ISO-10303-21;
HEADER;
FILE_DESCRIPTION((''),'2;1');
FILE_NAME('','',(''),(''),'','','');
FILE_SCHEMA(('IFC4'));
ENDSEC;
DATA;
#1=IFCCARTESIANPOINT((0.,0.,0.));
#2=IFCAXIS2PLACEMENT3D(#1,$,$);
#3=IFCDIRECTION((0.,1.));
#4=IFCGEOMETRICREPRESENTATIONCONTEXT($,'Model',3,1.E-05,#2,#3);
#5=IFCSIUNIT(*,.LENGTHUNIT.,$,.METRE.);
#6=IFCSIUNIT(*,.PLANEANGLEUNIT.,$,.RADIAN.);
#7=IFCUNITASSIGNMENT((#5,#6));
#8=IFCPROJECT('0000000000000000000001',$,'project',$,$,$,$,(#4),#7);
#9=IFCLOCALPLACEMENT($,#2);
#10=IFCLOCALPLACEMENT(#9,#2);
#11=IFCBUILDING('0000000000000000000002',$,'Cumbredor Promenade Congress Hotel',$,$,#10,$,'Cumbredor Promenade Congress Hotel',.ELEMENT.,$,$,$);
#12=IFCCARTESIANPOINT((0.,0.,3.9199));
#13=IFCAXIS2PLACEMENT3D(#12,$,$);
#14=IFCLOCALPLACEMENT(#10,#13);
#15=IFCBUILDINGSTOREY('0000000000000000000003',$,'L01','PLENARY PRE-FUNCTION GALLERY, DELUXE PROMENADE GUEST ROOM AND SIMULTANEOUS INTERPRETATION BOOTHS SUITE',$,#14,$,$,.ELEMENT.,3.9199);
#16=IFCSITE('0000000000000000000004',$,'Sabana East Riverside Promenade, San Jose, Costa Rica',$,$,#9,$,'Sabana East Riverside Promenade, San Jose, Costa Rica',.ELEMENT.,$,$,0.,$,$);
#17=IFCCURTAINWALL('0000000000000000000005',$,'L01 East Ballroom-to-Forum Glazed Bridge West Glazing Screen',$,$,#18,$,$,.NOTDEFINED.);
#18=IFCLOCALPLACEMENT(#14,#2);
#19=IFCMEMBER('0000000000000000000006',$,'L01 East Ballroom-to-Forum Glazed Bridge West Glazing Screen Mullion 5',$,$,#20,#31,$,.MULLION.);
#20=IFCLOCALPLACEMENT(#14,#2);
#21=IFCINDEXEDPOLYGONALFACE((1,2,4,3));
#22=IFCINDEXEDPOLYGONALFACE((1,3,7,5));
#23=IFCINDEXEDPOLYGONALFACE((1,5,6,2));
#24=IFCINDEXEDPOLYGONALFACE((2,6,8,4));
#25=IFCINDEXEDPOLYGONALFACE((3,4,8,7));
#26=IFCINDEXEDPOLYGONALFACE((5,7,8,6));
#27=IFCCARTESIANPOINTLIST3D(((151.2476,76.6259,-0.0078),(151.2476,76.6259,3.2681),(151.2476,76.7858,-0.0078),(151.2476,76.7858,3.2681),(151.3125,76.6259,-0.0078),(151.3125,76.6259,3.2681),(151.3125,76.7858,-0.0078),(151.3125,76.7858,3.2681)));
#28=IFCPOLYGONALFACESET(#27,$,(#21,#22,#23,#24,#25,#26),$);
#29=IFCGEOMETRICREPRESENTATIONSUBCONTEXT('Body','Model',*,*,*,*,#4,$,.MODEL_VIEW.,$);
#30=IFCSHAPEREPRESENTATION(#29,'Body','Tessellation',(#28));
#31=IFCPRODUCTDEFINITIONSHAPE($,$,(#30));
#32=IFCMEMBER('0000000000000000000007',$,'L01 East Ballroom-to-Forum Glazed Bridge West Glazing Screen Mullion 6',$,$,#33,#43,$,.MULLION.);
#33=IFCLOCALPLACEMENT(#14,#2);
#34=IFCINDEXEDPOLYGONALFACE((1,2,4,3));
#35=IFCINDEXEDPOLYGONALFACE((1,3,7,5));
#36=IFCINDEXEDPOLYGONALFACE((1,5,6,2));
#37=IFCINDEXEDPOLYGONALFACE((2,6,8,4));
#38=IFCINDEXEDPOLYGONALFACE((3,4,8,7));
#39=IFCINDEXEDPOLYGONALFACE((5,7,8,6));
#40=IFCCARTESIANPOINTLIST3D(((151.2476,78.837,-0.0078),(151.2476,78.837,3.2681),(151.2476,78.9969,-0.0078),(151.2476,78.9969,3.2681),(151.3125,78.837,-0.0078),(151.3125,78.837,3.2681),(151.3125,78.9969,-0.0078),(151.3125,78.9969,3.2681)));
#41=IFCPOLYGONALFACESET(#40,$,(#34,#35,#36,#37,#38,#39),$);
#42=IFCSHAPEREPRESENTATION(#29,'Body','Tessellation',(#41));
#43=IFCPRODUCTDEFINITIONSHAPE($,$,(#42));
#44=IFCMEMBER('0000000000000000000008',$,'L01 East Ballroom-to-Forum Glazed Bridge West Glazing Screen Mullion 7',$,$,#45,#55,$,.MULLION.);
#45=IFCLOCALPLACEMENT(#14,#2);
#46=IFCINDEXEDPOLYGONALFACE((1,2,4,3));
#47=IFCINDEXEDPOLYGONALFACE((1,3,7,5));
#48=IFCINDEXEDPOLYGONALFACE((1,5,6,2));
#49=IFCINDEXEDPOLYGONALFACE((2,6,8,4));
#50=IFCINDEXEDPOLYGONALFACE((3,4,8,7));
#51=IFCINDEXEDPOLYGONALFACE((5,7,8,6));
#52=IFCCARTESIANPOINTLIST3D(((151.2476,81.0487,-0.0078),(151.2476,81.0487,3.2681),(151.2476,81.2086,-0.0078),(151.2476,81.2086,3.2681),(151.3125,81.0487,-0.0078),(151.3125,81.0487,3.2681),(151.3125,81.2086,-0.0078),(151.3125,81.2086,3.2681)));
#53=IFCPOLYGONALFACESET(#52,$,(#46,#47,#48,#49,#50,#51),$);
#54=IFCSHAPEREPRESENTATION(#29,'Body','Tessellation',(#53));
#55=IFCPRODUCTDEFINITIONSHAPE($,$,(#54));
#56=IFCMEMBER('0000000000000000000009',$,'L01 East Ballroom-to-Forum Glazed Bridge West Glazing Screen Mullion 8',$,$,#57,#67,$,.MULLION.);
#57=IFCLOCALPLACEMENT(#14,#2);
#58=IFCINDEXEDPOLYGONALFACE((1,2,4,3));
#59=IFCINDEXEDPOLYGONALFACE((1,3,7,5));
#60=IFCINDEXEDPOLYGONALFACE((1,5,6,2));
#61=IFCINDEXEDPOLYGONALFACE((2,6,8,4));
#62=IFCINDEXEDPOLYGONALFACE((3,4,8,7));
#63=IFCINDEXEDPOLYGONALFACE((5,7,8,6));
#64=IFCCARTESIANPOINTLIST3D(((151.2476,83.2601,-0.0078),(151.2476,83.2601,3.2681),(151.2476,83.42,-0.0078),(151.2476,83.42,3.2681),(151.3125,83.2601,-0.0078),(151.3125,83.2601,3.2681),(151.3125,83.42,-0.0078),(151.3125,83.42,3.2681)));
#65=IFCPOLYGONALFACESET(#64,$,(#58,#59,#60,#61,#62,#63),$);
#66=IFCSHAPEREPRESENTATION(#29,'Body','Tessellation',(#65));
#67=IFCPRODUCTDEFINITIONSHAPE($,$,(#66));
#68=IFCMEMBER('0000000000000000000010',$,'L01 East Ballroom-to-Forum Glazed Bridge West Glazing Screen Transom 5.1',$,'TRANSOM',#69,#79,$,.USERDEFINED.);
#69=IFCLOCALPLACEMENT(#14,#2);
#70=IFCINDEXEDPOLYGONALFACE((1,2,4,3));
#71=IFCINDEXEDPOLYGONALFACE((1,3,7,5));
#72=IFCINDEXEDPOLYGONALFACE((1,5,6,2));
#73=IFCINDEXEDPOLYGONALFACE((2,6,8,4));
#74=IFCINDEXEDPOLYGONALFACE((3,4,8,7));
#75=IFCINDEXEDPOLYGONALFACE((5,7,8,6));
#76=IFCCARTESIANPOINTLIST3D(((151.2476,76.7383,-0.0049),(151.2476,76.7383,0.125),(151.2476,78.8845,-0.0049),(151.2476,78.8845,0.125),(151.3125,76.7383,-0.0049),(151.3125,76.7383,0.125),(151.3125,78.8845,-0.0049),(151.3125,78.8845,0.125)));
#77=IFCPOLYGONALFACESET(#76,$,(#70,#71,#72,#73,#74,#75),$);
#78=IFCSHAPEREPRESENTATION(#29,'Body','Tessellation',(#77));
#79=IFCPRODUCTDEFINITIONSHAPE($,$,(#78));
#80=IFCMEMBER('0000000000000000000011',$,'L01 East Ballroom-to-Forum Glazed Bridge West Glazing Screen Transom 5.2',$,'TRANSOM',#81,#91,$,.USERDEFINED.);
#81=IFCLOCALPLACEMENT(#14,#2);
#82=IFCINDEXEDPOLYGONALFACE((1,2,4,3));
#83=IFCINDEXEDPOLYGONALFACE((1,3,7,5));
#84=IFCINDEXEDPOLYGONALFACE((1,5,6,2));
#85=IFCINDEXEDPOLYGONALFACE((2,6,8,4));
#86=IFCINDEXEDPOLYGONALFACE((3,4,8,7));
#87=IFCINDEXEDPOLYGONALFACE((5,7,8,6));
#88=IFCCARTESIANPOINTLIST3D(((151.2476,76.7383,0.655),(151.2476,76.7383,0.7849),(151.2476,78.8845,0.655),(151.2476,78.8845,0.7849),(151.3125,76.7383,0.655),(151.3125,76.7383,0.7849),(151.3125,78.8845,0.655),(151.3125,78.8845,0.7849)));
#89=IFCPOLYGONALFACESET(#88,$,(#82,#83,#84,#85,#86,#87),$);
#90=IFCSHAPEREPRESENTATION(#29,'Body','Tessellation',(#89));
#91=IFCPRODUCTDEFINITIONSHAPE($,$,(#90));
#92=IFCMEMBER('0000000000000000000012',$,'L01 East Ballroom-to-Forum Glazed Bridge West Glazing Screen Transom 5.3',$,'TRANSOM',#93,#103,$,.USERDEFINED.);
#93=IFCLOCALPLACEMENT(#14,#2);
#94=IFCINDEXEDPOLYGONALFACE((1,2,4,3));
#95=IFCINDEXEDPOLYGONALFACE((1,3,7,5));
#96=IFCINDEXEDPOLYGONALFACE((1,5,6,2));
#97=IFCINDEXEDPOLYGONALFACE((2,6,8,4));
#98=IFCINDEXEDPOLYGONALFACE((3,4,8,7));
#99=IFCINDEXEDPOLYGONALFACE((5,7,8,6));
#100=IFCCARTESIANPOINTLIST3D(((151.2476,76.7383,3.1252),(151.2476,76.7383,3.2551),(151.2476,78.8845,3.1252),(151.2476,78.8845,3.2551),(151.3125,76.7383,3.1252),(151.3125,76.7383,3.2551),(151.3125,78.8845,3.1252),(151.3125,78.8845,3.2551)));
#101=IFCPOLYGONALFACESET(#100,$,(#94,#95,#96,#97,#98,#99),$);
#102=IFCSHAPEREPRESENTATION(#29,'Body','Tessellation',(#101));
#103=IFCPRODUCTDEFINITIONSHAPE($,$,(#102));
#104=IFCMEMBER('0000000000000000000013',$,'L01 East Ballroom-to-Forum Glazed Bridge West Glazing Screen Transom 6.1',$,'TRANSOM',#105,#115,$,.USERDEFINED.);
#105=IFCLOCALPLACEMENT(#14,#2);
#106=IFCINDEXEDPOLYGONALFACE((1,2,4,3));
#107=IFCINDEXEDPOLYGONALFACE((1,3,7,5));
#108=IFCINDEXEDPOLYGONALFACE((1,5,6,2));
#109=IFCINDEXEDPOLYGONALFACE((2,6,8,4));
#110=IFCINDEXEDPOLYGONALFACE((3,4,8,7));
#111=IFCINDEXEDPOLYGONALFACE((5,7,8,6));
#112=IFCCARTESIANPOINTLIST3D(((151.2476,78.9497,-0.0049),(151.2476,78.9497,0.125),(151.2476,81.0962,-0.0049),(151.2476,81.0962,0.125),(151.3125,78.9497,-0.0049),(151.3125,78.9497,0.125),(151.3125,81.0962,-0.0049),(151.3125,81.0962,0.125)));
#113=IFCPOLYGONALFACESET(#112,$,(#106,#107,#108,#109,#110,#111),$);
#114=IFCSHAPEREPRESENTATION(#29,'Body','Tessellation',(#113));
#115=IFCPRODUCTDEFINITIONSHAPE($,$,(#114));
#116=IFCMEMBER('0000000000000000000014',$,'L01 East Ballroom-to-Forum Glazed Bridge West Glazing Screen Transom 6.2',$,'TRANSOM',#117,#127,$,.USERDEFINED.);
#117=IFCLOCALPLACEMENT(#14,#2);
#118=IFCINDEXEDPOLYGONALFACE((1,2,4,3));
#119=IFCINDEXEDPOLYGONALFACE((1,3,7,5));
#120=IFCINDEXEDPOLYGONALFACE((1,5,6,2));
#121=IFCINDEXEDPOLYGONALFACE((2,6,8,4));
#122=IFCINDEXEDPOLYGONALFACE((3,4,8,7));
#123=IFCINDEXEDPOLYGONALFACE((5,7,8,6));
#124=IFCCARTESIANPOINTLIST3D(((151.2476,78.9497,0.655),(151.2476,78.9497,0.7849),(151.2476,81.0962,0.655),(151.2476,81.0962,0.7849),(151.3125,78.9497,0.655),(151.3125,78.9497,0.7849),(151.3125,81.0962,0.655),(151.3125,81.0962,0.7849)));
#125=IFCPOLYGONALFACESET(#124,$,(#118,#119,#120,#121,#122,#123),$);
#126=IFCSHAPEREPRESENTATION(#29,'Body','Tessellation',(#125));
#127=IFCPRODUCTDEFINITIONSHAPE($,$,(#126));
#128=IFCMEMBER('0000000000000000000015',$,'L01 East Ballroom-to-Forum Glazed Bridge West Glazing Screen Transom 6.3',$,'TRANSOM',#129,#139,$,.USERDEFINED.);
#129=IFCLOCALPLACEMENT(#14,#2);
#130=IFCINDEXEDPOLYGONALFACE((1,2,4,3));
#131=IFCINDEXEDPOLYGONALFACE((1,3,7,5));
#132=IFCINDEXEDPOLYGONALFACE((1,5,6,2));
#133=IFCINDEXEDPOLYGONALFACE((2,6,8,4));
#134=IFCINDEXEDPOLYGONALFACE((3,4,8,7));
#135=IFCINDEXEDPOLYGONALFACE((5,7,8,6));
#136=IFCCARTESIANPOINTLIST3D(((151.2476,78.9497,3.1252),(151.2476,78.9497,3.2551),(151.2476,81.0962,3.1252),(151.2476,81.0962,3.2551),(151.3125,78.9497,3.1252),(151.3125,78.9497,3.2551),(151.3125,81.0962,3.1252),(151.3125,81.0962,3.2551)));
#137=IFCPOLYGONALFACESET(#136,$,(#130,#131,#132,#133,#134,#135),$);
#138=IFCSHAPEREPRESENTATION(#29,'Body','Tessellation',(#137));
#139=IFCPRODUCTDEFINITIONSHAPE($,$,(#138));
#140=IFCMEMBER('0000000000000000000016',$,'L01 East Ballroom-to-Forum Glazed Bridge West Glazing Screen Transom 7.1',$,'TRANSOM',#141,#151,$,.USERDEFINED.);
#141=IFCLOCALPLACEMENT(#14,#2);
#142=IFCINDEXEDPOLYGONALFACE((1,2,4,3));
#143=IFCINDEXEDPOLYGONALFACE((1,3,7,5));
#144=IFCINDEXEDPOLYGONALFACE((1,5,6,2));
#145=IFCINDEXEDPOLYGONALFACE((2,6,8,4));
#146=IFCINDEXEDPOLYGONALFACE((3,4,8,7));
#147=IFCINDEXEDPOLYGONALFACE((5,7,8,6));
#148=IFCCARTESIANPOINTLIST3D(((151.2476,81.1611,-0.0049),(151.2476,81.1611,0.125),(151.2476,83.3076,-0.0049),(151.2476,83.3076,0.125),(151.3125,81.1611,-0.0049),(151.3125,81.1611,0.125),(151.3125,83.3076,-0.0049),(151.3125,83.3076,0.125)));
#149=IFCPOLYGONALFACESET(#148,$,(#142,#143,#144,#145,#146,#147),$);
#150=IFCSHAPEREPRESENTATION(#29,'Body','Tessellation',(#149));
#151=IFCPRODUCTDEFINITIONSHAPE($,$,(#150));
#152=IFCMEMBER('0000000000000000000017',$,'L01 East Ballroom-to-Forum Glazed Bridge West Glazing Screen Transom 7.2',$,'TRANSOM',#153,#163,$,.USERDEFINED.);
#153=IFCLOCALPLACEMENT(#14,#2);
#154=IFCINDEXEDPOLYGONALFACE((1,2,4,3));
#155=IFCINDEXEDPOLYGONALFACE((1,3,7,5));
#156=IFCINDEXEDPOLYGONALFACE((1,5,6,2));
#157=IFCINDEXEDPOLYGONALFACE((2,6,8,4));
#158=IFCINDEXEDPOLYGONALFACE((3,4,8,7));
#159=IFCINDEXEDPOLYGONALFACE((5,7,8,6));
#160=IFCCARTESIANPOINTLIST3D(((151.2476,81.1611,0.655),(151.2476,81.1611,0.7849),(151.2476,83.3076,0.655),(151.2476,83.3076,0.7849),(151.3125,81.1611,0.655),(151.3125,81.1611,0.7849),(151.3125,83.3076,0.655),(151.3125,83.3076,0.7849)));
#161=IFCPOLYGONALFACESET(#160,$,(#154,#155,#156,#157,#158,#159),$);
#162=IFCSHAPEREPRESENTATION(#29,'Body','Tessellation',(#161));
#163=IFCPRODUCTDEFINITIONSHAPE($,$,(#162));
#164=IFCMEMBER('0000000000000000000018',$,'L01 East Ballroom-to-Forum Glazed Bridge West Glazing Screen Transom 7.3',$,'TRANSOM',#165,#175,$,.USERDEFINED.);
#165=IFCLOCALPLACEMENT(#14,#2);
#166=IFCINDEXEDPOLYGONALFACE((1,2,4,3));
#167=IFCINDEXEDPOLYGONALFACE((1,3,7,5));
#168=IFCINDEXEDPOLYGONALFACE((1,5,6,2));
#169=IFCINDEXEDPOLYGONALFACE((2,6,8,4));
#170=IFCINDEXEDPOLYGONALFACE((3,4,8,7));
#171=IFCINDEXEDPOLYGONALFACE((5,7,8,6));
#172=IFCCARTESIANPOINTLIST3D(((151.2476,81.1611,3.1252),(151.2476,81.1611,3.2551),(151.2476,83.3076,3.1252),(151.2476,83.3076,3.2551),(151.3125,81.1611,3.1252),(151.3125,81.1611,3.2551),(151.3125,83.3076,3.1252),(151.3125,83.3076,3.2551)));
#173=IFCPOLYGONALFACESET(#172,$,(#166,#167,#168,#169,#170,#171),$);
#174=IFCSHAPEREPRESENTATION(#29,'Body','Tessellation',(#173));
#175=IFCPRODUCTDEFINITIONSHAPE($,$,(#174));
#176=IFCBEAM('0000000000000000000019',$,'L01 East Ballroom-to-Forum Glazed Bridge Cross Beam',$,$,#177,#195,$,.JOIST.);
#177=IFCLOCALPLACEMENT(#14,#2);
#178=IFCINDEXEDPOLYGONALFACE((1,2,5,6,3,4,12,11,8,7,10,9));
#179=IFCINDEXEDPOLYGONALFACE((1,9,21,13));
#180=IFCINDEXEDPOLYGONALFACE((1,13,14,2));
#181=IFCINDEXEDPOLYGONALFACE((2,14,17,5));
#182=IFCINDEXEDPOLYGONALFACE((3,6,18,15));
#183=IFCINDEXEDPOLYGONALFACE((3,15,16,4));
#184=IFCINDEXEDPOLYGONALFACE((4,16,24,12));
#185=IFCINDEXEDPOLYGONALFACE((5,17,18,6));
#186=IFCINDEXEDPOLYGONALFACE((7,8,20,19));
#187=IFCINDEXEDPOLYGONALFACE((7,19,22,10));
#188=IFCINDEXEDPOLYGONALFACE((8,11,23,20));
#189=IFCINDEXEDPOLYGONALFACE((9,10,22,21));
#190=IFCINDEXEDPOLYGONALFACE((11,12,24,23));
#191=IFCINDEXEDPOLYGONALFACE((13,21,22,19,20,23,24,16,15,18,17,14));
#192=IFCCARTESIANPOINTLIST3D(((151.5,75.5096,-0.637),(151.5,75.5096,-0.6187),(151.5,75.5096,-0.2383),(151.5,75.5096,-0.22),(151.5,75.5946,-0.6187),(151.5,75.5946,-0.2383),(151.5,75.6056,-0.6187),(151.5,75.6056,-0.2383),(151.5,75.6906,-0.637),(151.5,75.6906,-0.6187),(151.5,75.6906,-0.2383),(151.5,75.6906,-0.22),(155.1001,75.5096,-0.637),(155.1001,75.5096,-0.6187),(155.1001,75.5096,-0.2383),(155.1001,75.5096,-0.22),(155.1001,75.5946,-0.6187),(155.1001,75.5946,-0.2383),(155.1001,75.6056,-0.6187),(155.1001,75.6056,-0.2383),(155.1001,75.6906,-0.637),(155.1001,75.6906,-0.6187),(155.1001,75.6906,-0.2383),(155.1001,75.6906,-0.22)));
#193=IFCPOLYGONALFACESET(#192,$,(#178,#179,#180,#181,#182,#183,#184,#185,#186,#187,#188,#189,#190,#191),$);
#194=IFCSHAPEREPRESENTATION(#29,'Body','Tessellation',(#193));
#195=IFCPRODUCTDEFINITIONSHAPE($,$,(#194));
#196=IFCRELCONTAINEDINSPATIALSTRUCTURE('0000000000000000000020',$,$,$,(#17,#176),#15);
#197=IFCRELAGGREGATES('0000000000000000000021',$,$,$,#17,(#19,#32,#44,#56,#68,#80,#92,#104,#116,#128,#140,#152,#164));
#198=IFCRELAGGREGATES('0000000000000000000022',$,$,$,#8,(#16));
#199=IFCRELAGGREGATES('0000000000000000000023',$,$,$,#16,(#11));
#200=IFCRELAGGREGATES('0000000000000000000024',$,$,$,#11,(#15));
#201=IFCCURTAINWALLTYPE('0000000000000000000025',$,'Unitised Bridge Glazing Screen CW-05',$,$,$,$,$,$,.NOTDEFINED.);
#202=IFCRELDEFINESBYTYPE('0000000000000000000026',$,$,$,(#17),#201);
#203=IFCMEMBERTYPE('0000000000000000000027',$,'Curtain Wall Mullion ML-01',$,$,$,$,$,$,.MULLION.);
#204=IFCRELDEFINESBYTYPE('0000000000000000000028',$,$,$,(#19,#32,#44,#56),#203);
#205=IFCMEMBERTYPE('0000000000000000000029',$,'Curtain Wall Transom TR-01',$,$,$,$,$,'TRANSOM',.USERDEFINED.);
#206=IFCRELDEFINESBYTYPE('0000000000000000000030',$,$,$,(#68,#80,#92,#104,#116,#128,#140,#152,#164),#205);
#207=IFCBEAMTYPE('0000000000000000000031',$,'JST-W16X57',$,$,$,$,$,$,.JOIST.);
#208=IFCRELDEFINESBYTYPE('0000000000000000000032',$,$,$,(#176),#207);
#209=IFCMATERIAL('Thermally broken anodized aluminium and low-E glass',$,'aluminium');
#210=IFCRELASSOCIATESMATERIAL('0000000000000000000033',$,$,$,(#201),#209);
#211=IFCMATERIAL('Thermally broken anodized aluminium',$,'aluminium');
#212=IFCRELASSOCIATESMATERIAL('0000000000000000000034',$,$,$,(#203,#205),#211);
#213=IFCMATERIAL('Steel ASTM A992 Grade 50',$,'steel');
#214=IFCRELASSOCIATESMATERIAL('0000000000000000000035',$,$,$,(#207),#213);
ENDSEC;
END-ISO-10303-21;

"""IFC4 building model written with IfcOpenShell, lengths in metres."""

from ifc_helpers import new_model, si_unit, direction, frame, origin, origin_2d, place, context, subcontext, project, spatial, rectangle, i_section, extrude, material, material_profile, profile_set, type_object, element, aggregate, save


model = new_model("IFC4")

# Units and contexts
model_context = context("Model", 3, precision=1e-05, world=origin(), true_north=direction((0.0, 1.0)))
body_context = subcontext(model_context, "Body", "Model", "MODEL_VIEW")
ifc_project = project(units=[si_unit("LENGTHUNIT", "METRE"), si_unit("PLANEANGLEUNIT", "RADIAN")], contexts=[model_context])

# Site, building, storey
site_placement = place(None, origin())
site = spatial("IfcSite", under=ifc_project, at=site_placement, Name="Sabana East Riverside Promenade, San Jose, Costa Rica", LongName="Sabana East Riverside Promenade, San Jose, Costa Rica", CompositionType="ELEMENT", RefElevation=0.0)
building_placement = place(site_placement, origin())
building = spatial("IfcBuilding", under=site, at=building_placement, Name="Cumbredor Promenade Congress Hotel", LongName="Cumbredor Promenade Congress Hotel", CompositionType="ELEMENT")
storey_placement = place(building_placement, frame((0.0, 0.0, 3.9199)))
storey = spatial("IfcBuildingStorey", under=building, at=storey_placement, Name="L01", Description="PLENARY PRE-FUNCTION GALLERY, DELUXE PROMENADE GUEST ROOM AND SIMULTANEOUS INTERPRETATION BOOTHS SUITE", CompositionType="ELEMENT", Elevation=3.9199)

# Curtain wall, members
ifc_material_1 = material(Name="Thermally broken anodized aluminium and low-E glass", Category="aluminium")
curtain_wall_type = type_object("IfcCurtainWallType", Name="Unitised Bridge Glazing Screen CW-05", PredefinedType="NOTDEFINED", material=ifc_material_1)
curtain_wall_placement = place(storey_placement, origin())
curtain_wall = element("IfcCurtainWall", 1, at=curtain_wall_placement, inside=storey, type_object=curtain_wall_type, Name="L01 East Ballroom-to-Forum Glazed Bridge West Glazing Screen", PredefinedType="NOTDEFINED")
ifc_material_2 = material(Name="Thermally broken anodized aluminium", Category="aluminium")
ifc_material_profile_1 = material_profile(ifc_material_2, rectangle(XDim=0.0649, YDim=0.1599, at=origin_2d()), Name="ALU MULLION 65x160")
ifc_profile_set_1 = profile_set([ifc_material_profile_1], Name="Thermally broken anodized aluminium")
member_type_1 = type_object("IfcMemberType", Name="Curtain Wall Mullion ML-01", PredefinedType="MULLION", material=ifc_profile_set_1)
member_1_placement = place(storey_placement, frame((151.28, 76.7058, -0.0078), z_axis=(0.0, 0.0, 1.0), x_axis=(1.0, 0.0, 0.0)))
member_1 = element("IfcMember", 2, at=member_1_placement, type_object=member_type_1, Name="L01 East Ballroom-to-Forum Glazed Bridge West Glazing Screen Mullion 5", PredefinedType="MULLION", context=body_context, shape_type="SweptSolid", body=[
    extrude(rectangle(XDim=0.0649, YDim=0.1599, at=origin_2d()), origin(), (0.0, 0.0, 1.0), 3.2759),
])
member_2_placement = place(storey_placement, frame((151.28, 78.917, -0.0078), z_axis=(0.0, 0.0, 1.0), x_axis=(1.0, 0.0, 0.0)))
member_2 = element("IfcMember", 3, at=member_2_placement, type_object=member_type_1, Name="L01 East Ballroom-to-Forum Glazed Bridge West Glazing Screen Mullion 6", PredefinedType="MULLION", context=body_context, shape_type="SweptSolid", body=[
    extrude(rectangle(XDim=0.0649, YDim=0.1599, at=origin_2d()), origin(), (0.0, 0.0, 1.0), 3.2759),
])
member_3_placement = place(storey_placement, frame((151.28, 81.1287, -0.0078), z_axis=(0.0, 0.0, 1.0), x_axis=(1.0, 0.0, 0.0)))
member_3 = element("IfcMember", 4, at=member_3_placement, type_object=member_type_1, Name="L01 East Ballroom-to-Forum Glazed Bridge West Glazing Screen Mullion 7", PredefinedType="MULLION", context=body_context, shape_type="SweptSolid", body=[
    extrude(rectangle(XDim=0.0649, YDim=0.1599, at=origin_2d()), origin(), (0.0, 0.0, 1.0), 3.2759),
])
member_4_placement = place(storey_placement, frame((151.28, 83.3401, -0.0078), z_axis=(0.0, 0.0, 1.0), x_axis=(1.0, 0.0, 0.0)))
member_4 = element("IfcMember", 5, at=member_4_placement, type_object=member_type_1, Name="L01 East Ballroom-to-Forum Glazed Bridge West Glazing Screen Mullion 8", PredefinedType="MULLION", context=body_context, shape_type="SweptSolid", body=[
    extrude(rectangle(XDim=0.0649, YDim=0.1599, at=origin_2d()), origin(), (0.0, 0.0, 1.0), 3.2759),
])
ifc_material_profile_2 = material_profile(ifc_material_2, rectangle(XDim=0.0649, YDim=0.1299, at=origin_2d()), Name="ALU TRANSOM 65x130")
ifc_profile_set_2 = profile_set([ifc_material_profile_2], Name="Thermally broken anodized aluminium")
member_type_2 = type_object("IfcMemberType", Name="Curtain Wall Transom TR-01", ElementType="TRANSOM", PredefinedType="USERDEFINED", material=ifc_profile_set_2)
member_5_placement = place(storey_placement, frame((151.28, 76.7383, 0.0601), z_axis=(0.0, 1.0, 0.0), x_axis=(-1.0, 0.0, 0.0)))
member_5 = element("IfcMember", 6, at=member_5_placement, type_object=member_type_2, Name="L01 East Ballroom-to-Forum Glazed Bridge West Glazing Screen Transom 5.1", ObjectType="TRANSOM", PredefinedType="USERDEFINED", context=body_context, shape_type="SweptSolid", body=[
    extrude(rectangle(XDim=0.0649, YDim=0.1299, at=origin_2d()), origin(), (0.0, 0.0, 1.0), 2.1462),
])
member_6_placement = place(storey_placement, frame((151.28, 76.7383, 0.72), z_axis=(0.0, 1.0, 0.0), x_axis=(-1.0, 0.0, 0.0)))
member_6 = element("IfcMember", 7, at=member_6_placement, type_object=member_type_2, Name="L01 East Ballroom-to-Forum Glazed Bridge West Glazing Screen Transom 5.2", ObjectType="TRANSOM", PredefinedType="USERDEFINED", context=body_context, shape_type="SweptSolid", body=[
    extrude(rectangle(XDim=0.0649, YDim=0.1299, at=origin_2d()), origin(), (0.0, 0.0, 1.0), 2.1462),
])
member_7_placement = place(storey_placement, frame((151.28, 76.7383, 3.1902), z_axis=(0.0, 1.0, 0.0), x_axis=(-1.0, 0.0, 0.0)))
member_7 = element("IfcMember", 8, at=member_7_placement, type_object=member_type_2, Name="L01 East Ballroom-to-Forum Glazed Bridge West Glazing Screen Transom 5.3", ObjectType="TRANSOM", PredefinedType="USERDEFINED", context=body_context, shape_type="SweptSolid", body=[
    extrude(rectangle(XDim=0.0649, YDim=0.1299, at=origin_2d()), origin(), (0.0, 0.0, 1.0), 2.1462),
])
member_8_placement = place(storey_placement, frame((151.28, 78.9497, 0.0601), z_axis=(0.0, 1.0, 0.0), x_axis=(-1.0, 0.0, 0.0)))
member_8 = element("IfcMember", 9, at=member_8_placement, type_object=member_type_2, Name="L01 East Ballroom-to-Forum Glazed Bridge West Glazing Screen Transom 6.1", ObjectType="TRANSOM", PredefinedType="USERDEFINED", context=body_context, shape_type="SweptSolid", body=[
    extrude(rectangle(XDim=0.0649, YDim=0.1299, at=origin_2d()), origin(), (0.0, 0.0, 1.0), 2.1465),
])
member_9_placement = place(storey_placement, frame((151.28, 78.9497, 0.72), z_axis=(0.0, 1.0, 0.0), x_axis=(-1.0, 0.0, 0.0)))
member_9 = element("IfcMember", 10, at=member_9_placement, type_object=member_type_2, Name="L01 East Ballroom-to-Forum Glazed Bridge West Glazing Screen Transom 6.2", ObjectType="TRANSOM", PredefinedType="USERDEFINED", context=body_context, shape_type="SweptSolid", body=[
    extrude(rectangle(XDim=0.0649, YDim=0.1299, at=origin_2d()), origin(), (0.0, 0.0, 1.0), 2.1465),
])
member_10_placement = place(storey_placement, frame((151.28, 78.9497, 3.1902), z_axis=(0.0, 1.0, 0.0), x_axis=(-1.0, 0.0, 0.0)))
member_10 = element("IfcMember", 11, at=member_10_placement, type_object=member_type_2, Name="L01 East Ballroom-to-Forum Glazed Bridge West Glazing Screen Transom 6.3", ObjectType="TRANSOM", PredefinedType="USERDEFINED", context=body_context, shape_type="SweptSolid", body=[
    extrude(rectangle(XDim=0.0649, YDim=0.1299, at=origin_2d()), origin(), (0.0, 0.0, 1.0), 2.1465),
])
member_11_placement = place(storey_placement, frame((151.28, 81.1611, 0.0601), z_axis=(0.0, 1.0, 0.0), x_axis=(-1.0, 0.0, 0.0)))
member_11 = element("IfcMember", 12, at=member_11_placement, type_object=member_type_2, Name="L01 East Ballroom-to-Forum Glazed Bridge West Glazing Screen Transom 7.1", ObjectType="TRANSOM", PredefinedType="USERDEFINED", context=body_context, shape_type="SweptSolid", body=[
    extrude(rectangle(XDim=0.0649, YDim=0.1299, at=origin_2d()), origin(), (0.0, 0.0, 1.0), 2.1465),
])
member_12_placement = place(storey_placement, frame((151.28, 81.1611, 0.72), z_axis=(0.0, 1.0, 0.0), x_axis=(-1.0, 0.0, 0.0)))
member_12 = element("IfcMember", 13, at=member_12_placement, type_object=member_type_2, Name="L01 East Ballroom-to-Forum Glazed Bridge West Glazing Screen Transom 7.2", ObjectType="TRANSOM", PredefinedType="USERDEFINED", context=body_context, shape_type="SweptSolid", body=[
    extrude(rectangle(XDim=0.0649, YDim=0.1299, at=origin_2d()), origin(), (0.0, 0.0, 1.0), 2.1465),
])
member_13_placement = place(storey_placement, frame((151.28, 81.1611, 3.1902), z_axis=(0.0, 1.0, 0.0), x_axis=(-1.0, 0.0, 0.0)))
member_13 = element("IfcMember", 14, at=member_13_placement, type_object=member_type_2, Name="L01 East Ballroom-to-Forum Glazed Bridge West Glazing Screen Transom 7.3", ObjectType="TRANSOM", PredefinedType="USERDEFINED", context=body_context, shape_type="SweptSolid", body=[
    extrude(rectangle(XDim=0.0649, YDim=0.1299, at=origin_2d()), origin(), (0.0, 0.0, 1.0), 2.1465),
])

# Beam
ifc_material_3 = material(Name="Steel ASTM A992 Grade 50", Category="steel")
ifc_material_profile_3 = material_profile(ifc_material_3, i_section(OverallWidth=0.1809, OverallDepth=0.417, WebThickness=0.011, FlangeThickness=0.0183, at=origin_2d()), Name="W16X57")
ifc_profile_set_3 = profile_set([ifc_material_profile_3], Name="Steel ASTM A992 Grade 50")
beam_type = type_object("IfcBeamType", Name="JST-W16X57", PredefinedType="JOIST", material=ifc_profile_set_3)
beam_placement = place(storey_placement, frame((151.5, 75.6001, -0.4285), z_axis=(1.0, 0.0, 0.0), x_axis=(0.0, 1.0, 0.0)))
element("IfcBeam", 15, at=beam_placement, inside=storey, type_object=beam_type, Name="L01 East Ballroom-to-Forum Glazed Bridge Cross Beam", PredefinedType="JOIST", context=body_context, shape_type="SweptSolid", body=[
    extrude(i_section(OverallWidth=0.1809, OverallDepth=0.417, WebThickness=0.011, FlangeThickness=0.0183, at=origin_2d()), origin(), (0.0, 0.0, 1.0), 3.6001),
])

aggregate(curtain_wall, [member_1, member_2, member_3, member_4, member_5, member_6, member_7, member_8, member_9, member_10, member_11, member_12, member_13])

save(model, "model.ifc")
